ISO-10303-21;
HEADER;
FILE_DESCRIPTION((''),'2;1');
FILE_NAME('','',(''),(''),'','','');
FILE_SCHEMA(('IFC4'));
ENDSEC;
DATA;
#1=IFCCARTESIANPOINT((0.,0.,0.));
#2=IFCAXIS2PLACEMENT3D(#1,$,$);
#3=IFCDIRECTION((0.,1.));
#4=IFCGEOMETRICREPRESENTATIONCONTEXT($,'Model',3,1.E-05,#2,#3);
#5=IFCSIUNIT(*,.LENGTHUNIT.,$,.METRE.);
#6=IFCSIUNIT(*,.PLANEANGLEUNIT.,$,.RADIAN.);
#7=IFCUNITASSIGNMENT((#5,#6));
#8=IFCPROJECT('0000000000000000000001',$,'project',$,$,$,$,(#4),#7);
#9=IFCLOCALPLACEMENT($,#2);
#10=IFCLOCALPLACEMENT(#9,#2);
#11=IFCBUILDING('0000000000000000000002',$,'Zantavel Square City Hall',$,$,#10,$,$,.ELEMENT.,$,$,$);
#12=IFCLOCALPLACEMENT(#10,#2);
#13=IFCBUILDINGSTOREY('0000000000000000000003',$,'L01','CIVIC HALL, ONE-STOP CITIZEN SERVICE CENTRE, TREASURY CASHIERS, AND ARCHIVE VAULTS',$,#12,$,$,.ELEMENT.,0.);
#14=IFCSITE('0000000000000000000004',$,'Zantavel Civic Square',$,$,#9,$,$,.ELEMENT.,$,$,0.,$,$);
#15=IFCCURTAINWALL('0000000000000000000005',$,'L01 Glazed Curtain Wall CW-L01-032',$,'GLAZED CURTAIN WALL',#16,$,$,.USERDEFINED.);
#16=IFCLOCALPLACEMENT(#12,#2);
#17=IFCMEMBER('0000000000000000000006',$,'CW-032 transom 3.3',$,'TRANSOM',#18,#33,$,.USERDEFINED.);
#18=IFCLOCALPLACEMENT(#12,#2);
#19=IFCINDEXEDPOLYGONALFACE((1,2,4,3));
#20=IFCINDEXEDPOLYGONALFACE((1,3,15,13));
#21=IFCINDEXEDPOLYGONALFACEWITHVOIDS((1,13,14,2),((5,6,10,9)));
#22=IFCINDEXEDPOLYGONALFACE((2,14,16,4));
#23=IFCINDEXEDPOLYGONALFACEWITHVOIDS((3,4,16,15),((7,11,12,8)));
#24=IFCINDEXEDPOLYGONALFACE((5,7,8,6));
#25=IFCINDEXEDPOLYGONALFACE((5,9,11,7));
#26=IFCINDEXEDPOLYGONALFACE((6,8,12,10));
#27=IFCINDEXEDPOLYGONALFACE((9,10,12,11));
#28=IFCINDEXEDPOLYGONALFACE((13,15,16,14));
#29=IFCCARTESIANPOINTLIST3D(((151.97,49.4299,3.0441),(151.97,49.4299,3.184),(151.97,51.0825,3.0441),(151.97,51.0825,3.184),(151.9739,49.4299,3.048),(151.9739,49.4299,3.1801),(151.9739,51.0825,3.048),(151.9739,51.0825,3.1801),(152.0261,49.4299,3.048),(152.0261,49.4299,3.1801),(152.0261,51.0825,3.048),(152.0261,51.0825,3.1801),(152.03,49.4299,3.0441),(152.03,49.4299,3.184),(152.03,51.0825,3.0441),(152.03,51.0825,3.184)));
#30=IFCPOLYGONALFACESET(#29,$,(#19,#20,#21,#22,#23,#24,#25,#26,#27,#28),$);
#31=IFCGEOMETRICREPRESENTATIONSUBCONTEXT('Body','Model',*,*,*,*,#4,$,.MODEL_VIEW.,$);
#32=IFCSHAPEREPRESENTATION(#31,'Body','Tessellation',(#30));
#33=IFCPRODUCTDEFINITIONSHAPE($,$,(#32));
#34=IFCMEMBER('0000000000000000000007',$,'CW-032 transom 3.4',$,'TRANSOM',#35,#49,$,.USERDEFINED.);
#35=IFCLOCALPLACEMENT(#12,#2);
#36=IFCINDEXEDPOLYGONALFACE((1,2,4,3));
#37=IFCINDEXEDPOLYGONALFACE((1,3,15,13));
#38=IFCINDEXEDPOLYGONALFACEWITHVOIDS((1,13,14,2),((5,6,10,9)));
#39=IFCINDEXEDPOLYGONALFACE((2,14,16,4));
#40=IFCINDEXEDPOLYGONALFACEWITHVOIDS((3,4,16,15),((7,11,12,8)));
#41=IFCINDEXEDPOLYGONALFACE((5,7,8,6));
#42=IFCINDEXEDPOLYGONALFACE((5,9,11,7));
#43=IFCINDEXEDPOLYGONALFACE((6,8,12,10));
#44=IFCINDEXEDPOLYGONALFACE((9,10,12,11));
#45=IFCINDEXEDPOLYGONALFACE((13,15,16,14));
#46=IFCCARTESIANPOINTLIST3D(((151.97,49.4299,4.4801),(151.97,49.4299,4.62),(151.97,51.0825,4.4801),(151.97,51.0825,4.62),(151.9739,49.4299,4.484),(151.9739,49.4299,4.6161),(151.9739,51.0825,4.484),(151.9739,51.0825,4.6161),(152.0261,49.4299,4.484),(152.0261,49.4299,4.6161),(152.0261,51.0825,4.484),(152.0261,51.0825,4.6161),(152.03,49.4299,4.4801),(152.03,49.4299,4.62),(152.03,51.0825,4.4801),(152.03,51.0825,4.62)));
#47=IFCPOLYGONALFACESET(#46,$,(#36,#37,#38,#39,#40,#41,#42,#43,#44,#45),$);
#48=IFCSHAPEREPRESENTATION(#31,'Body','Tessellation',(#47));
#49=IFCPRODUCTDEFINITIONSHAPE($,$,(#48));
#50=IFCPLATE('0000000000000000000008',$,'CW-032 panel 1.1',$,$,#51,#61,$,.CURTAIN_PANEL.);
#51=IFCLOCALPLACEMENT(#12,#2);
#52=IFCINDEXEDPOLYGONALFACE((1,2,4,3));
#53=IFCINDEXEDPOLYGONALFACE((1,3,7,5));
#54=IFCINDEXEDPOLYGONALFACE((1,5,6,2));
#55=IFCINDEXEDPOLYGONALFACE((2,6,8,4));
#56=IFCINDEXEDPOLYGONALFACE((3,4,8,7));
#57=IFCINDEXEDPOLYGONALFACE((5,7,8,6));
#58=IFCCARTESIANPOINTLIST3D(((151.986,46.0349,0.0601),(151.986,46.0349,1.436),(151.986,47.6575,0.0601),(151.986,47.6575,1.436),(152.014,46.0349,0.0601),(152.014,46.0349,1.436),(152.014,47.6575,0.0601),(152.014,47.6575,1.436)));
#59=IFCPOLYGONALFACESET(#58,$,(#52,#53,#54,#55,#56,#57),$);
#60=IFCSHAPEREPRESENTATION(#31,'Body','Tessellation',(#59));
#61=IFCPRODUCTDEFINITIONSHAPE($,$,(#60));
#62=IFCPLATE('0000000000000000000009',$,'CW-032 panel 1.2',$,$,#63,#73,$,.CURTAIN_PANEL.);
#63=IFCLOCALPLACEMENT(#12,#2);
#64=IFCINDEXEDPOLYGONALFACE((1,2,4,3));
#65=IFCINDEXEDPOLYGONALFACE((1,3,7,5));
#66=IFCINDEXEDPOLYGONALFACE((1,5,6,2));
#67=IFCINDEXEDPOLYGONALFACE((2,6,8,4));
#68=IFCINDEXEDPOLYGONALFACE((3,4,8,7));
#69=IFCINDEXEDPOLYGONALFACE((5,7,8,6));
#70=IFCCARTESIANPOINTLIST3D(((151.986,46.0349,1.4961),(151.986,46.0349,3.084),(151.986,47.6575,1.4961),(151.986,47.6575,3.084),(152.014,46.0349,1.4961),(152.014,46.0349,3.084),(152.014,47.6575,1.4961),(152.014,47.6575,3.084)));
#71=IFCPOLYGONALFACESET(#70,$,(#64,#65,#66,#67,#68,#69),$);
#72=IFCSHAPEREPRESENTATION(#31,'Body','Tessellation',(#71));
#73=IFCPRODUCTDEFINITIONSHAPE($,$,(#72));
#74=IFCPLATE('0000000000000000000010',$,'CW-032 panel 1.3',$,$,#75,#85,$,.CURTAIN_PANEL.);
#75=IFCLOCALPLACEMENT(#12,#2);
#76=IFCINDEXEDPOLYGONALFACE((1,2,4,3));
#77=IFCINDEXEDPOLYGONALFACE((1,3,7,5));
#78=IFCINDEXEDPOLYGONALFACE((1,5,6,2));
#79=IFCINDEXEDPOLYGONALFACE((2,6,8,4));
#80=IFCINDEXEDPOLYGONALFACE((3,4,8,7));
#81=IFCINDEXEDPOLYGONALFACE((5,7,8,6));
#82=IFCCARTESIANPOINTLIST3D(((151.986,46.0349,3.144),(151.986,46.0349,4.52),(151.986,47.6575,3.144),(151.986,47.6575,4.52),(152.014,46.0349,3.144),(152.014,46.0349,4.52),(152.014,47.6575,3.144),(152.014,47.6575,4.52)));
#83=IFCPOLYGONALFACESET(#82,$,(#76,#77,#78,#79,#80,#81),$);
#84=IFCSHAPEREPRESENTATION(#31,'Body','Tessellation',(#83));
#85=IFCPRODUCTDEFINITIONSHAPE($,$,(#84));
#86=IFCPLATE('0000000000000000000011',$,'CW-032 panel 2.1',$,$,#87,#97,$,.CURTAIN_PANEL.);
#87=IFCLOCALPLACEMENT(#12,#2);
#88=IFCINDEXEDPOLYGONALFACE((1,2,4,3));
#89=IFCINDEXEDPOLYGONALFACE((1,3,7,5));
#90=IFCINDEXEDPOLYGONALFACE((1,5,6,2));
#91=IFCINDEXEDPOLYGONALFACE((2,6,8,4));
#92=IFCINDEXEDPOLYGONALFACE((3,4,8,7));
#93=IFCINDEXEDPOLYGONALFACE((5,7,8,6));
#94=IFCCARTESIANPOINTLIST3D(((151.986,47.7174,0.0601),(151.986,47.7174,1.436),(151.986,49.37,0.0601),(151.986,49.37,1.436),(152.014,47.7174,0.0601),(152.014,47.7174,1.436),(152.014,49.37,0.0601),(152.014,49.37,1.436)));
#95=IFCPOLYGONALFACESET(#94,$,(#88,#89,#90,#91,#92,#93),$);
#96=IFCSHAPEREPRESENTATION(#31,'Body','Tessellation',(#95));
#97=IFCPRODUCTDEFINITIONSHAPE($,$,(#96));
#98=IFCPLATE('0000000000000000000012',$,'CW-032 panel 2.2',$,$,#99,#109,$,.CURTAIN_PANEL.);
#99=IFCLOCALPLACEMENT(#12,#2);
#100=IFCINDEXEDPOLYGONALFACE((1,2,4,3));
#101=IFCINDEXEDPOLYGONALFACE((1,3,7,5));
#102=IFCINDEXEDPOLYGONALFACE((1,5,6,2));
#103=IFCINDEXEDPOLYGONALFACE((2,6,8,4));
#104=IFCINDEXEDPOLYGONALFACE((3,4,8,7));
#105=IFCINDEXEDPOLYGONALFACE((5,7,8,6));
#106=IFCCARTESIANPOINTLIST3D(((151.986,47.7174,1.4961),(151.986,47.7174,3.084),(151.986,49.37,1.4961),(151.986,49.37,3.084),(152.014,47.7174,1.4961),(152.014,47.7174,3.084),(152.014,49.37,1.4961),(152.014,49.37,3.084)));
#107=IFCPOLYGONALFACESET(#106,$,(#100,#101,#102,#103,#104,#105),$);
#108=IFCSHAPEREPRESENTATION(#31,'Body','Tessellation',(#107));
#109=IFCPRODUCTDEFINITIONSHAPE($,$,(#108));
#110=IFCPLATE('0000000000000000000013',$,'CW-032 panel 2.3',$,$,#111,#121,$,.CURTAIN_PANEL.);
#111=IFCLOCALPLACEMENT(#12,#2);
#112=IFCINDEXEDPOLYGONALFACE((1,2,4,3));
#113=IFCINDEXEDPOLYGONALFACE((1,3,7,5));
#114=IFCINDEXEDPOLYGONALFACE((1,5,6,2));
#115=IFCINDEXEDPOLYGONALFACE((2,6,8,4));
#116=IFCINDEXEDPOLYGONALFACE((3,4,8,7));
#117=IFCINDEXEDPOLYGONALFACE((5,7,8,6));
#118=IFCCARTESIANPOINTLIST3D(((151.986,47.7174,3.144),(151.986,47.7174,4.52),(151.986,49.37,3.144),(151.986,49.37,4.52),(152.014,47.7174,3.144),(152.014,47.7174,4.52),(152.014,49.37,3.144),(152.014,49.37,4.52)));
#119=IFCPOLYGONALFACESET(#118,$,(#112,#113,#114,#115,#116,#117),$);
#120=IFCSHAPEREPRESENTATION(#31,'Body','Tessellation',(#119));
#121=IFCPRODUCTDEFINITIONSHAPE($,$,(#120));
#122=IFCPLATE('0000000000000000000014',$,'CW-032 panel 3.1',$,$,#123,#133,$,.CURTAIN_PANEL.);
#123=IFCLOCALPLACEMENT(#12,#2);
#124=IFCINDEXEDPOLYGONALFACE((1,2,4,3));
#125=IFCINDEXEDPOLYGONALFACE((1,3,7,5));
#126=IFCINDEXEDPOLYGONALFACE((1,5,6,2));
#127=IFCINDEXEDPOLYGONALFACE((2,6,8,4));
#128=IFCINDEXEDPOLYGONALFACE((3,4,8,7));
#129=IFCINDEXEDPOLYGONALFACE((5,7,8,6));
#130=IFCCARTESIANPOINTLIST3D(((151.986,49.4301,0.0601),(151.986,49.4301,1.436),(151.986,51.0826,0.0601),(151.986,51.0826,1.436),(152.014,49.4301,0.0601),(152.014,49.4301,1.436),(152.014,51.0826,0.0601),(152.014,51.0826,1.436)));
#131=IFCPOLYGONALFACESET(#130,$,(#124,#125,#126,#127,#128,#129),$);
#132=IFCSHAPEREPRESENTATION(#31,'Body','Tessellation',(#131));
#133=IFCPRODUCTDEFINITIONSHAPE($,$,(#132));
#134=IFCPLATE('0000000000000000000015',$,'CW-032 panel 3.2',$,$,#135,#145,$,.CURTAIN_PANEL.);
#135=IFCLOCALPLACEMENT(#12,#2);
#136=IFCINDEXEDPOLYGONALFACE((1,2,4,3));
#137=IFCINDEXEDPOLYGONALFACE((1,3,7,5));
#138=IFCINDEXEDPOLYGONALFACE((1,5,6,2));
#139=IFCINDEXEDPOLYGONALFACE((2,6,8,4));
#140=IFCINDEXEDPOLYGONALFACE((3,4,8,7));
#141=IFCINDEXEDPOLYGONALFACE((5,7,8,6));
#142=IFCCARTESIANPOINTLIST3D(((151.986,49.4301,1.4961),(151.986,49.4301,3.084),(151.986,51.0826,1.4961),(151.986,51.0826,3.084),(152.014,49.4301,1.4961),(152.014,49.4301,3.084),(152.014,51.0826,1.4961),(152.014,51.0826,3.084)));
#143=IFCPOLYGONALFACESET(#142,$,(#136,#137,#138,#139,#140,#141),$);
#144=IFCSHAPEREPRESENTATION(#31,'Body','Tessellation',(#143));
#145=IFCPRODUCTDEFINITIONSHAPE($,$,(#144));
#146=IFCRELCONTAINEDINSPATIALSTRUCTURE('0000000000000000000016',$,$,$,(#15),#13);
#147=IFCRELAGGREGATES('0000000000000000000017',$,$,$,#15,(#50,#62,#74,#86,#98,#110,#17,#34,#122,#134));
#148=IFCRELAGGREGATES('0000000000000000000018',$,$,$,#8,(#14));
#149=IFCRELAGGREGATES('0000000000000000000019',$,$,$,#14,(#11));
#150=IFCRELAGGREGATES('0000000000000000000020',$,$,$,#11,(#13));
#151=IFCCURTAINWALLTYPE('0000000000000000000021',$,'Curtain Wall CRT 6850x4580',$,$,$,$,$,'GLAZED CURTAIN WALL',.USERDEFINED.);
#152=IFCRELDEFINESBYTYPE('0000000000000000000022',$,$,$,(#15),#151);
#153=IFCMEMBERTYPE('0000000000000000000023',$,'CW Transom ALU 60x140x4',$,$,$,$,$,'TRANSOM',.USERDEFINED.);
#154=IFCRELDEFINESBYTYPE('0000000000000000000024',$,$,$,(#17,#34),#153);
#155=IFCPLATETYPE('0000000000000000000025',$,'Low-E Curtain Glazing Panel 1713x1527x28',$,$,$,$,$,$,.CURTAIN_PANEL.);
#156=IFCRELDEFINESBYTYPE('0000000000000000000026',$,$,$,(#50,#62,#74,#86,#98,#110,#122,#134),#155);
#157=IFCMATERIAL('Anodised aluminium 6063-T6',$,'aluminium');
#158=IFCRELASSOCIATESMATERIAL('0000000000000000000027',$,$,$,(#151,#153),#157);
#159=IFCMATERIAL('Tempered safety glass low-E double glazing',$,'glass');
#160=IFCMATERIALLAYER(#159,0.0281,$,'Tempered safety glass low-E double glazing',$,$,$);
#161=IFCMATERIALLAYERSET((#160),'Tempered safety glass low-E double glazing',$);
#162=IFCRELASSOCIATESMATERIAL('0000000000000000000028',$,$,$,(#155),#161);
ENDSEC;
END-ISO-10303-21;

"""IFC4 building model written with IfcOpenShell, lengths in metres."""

from ifc_helpers import new_model, si_unit, direction, frame, origin, origin_2d, place, context, subcontext, project, spatial, rectangle, hollow_rectangle, extrude, material, layer, layer_set, material_profile, profile_set, type_object, element, aggregate, save


model = new_model("IFC4")

# Units and contexts
model_context = context("Model", 3, precision=1e-05, world=origin(), true_north=direction((0.0, 1.0)))
body_context = subcontext(model_context, "Body", "Model", "MODEL_VIEW")
ifc_project = project(units=[si_unit("LENGTHUNIT", "METRE"), si_unit("PLANEANGLEUNIT", "RADIAN")], contexts=[model_context])

# Site, building, storey
site_placement = place(None, origin())
site = spatial("IfcSite", under=ifc_project, at=site_placement, Name="Zantavel Civic Square", CompositionType="ELEMENT", RefElevation=0.0)
building_placement = place(site_placement, origin())
building = spatial("IfcBuilding", under=site, at=building_placement, Name="Zantavel Square City Hall", CompositionType="ELEMENT")
storey_placement = place(building_placement, origin())
storey = spatial("IfcBuildingStorey", under=building, at=storey_placement, Name="L01", Description="CIVIC HALL, ONE-STOP CITIZEN SERVICE CENTRE, TREASURY CASHIERS, AND ARCHIVE VAULTS", CompositionType="ELEMENT", Elevation=0.0)

# Curtain wall, members, plates
ifc_material_1 = material(Name="Anodised aluminium 6063-T6", Category="aluminium")
curtain_wall_type = type_object("IfcCurtainWallType", Name="Curtain Wall CRT 6850x4580", ElementType="GLAZED CURTAIN WALL", PredefinedType="USERDEFINED", material=ifc_material_1)
curtain_wall_placement = place(storey_placement, origin())
curtain_wall = element("IfcCurtainWall", 1, at=curtain_wall_placement, inside=storey, type_object=curtain_wall_type, Name="L01 Glazed Curtain Wall CW-L01-032", ObjectType="GLAZED CURTAIN WALL", PredefinedType="USERDEFINED")
ifc_material_profile_1 = material_profile(ifc_material_1, hollow_rectangle(XDim=0.0601, YDim=0.1399, WallThickness=0.0039, at=origin_2d()), Name="ALU 60x140x4")
ifc_profile_set_1 = profile_set([ifc_material_profile_1], Name="Anodised aluminium 6063-T6")
member_type_1 = type_object("IfcMemberType", Name="CW Transom ALU 60x140x4", ElementType="TRANSOM", PredefinedType="USERDEFINED", material=ifc_profile_set_1)
member_1_placement = place(storey_placement, frame((152.0, 49.4299, 3.114), z_axis=(0.0, 1.0, 0.0), x_axis=(-1.0, 0.0, 0.0)))
member_1 = element("IfcMember", 2, at=member_1_placement, type_object=member_type_1, Name="CW-032 transom 3.3", ObjectType="TRANSOM", PredefinedType="USERDEFINED", context=body_context, shape_type="SweptSolid", body=[
    extrude(hollow_rectangle(XDim=0.0601, YDim=0.1399, WallThickness=0.0039, at=origin_2d()), origin(), (0.0, 0.0, 1.0), 1.6526),
])
member_2_placement = place(storey_placement, frame((152.0, 49.4299, 4.55), z_axis=(0.0, 1.0, 0.0), x_axis=(-1.0, 0.0, 0.0)))
member_2 = element("IfcMember", 3, at=member_2_placement, type_object=member_type_1, Name="CW-032 transom 3.4", ObjectType="TRANSOM", PredefinedType="USERDEFINED", context=body_context, shape_type="SweptSolid", body=[
    extrude(hollow_rectangle(XDim=0.0601, YDim=0.1399, WallThickness=0.0039, at=origin_2d()), origin(), (0.0, 0.0, 1.0), 1.6526),
])
ifc_material_2 = material(Name="Tempered safety glass low-E double glazing", Category="glass")
ifc_layer = layer(ifc_material_2, 0.0281, Name="Tempered safety glass low-E double glazing")
ifc_layer_set = layer_set([ifc_layer], Name="Tempered safety glass low-E double glazing")
plate_type = type_object("IfcPlateType", Name="Low-E Curtain Glazing Panel 1713x1527x28", PredefinedType="CURTAIN_PANEL", material=ifc_layer_set)
plate_1_placement = place(storey_placement, frame((152.0, 46.8462, 0.0601), z_axis=(0.0, 0.0, 1.0), x_axis=(0.0, 1.0, 0.0)))
plate_1 = element("IfcPlate", 4, at=plate_1_placement, type_object=plate_type, Name="CW-032 panel 1.1", PredefinedType="CURTAIN_PANEL", context=body_context, shape_type="SweptSolid", body=[
    extrude(rectangle(XDim=1.6226, YDim=0.0281, at=origin_2d()), origin(), (0.0, 0.0, 1.0), 1.376),
])
plate_2_placement = place(storey_placement, frame((152.0, 46.8462, 1.4961), z_axis=(0.0, 0.0, 1.0), x_axis=(0.0, 1.0, 0.0)))
plate_2 = element("IfcPlate", 5, at=plate_2_placement, type_object=plate_type, Name="CW-032 panel 1.2", PredefinedType="CURTAIN_PANEL", context=body_context, shape_type="SweptSolid", body=[
    extrude(rectangle(XDim=1.6226, YDim=0.0281, at=origin_2d()), origin(), (0.0, 0.0, 1.0), 1.5879),
])
plate_3_placement = place(storey_placement, frame((152.0, 46.8462, 3.144), z_axis=(0.0, 0.0, 1.0), x_axis=(0.0, 1.0, 0.0)))
plate_3 = element("IfcPlate", 6, at=plate_3_placement, type_object=plate_type, Name="CW-032 panel 1.3", PredefinedType="CURTAIN_PANEL", context=body_context, shape_type="SweptSolid", body=[
    extrude(rectangle(XDim=1.6226, YDim=0.0281, at=origin_2d()), origin(), (0.0, 0.0, 1.0), 1.376),
])
plate_4_placement = place(storey_placement, frame((152.0, 48.5437, 0.0601), z_axis=(0.0, 0.0, 1.0), x_axis=(0.0, 1.0, 0.0)))
plate_4 = element("IfcPlate", 7, at=plate_4_placement, type_object=plate_type, Name="CW-032 panel 2.1", PredefinedType="CURTAIN_PANEL", context=body_context, shape_type="SweptSolid", body=[
    extrude(rectangle(XDim=1.6526, YDim=0.0281, at=origin_2d()), origin(), (0.0, 0.0, 1.0), 1.376),
])
plate_5_placement = place(storey_placement, frame((152.0, 48.5437, 1.4961), z_axis=(0.0, 0.0, 1.0), x_axis=(0.0, 1.0, 0.0)))
plate_5 = element("IfcPlate", 8, at=plate_5_placement, type_object=plate_type, Name="CW-032 panel 2.2", PredefinedType="CURTAIN_PANEL", context=body_context, shape_type="SweptSolid", body=[
    extrude(rectangle(XDim=1.6526, YDim=0.0281, at=origin_2d()), origin(), (0.0, 0.0, 1.0), 1.5879),
])
plate_6_placement = place(storey_placement, frame((152.0, 48.5437, 3.144), z_axis=(0.0, 0.0, 1.0), x_axis=(0.0, 1.0, 0.0)))
plate_6 = element("IfcPlate", 9, at=plate_6_placement, type_object=plate_type, Name="CW-032 panel 2.3", PredefinedType="CURTAIN_PANEL", context=body_context, shape_type="SweptSolid", body=[
    extrude(rectangle(XDim=1.6526, YDim=0.0281, at=origin_2d()), origin(), (0.0, 0.0, 1.0), 1.376),
])
plate_7_placement = place(storey_placement, frame((152.0, 50.2563, 0.0601), z_axis=(0.0, 0.0, 1.0), x_axis=(0.0, 1.0, 0.0)))
plate_7 = element("IfcPlate", 10, at=plate_7_placement, type_object=plate_type, Name="CW-032 panel 3.1", PredefinedType="CURTAIN_PANEL", context=body_context, shape_type="SweptSolid", body=[
    extrude(rectangle(XDim=1.6526, YDim=0.0281, at=origin_2d()), origin(), (0.0, 0.0, 1.0), 1.376),
])
plate_8_placement = place(storey_placement, frame((152.0, 50.2563, 1.4961), z_axis=(0.0, 0.0, 1.0), x_axis=(0.0, 1.0, 0.0)))
plate_8 = element("IfcPlate", 11, at=plate_8_placement, type_object=plate_type, Name="CW-032 panel 3.2", PredefinedType="CURTAIN_PANEL", context=body_context, shape_type="SweptSolid", body=[
    extrude(rectangle(XDim=1.6526, YDim=0.0281, at=origin_2d()), origin(), (0.0, 0.0, 1.0), 1.5879),
])
aggregate(curtain_wall, [plate_1, plate_2, plate_3, plate_4, plate_5, plate_6, member_1, member_2, plate_7, plate_8])

save(model, "model.ifc")
